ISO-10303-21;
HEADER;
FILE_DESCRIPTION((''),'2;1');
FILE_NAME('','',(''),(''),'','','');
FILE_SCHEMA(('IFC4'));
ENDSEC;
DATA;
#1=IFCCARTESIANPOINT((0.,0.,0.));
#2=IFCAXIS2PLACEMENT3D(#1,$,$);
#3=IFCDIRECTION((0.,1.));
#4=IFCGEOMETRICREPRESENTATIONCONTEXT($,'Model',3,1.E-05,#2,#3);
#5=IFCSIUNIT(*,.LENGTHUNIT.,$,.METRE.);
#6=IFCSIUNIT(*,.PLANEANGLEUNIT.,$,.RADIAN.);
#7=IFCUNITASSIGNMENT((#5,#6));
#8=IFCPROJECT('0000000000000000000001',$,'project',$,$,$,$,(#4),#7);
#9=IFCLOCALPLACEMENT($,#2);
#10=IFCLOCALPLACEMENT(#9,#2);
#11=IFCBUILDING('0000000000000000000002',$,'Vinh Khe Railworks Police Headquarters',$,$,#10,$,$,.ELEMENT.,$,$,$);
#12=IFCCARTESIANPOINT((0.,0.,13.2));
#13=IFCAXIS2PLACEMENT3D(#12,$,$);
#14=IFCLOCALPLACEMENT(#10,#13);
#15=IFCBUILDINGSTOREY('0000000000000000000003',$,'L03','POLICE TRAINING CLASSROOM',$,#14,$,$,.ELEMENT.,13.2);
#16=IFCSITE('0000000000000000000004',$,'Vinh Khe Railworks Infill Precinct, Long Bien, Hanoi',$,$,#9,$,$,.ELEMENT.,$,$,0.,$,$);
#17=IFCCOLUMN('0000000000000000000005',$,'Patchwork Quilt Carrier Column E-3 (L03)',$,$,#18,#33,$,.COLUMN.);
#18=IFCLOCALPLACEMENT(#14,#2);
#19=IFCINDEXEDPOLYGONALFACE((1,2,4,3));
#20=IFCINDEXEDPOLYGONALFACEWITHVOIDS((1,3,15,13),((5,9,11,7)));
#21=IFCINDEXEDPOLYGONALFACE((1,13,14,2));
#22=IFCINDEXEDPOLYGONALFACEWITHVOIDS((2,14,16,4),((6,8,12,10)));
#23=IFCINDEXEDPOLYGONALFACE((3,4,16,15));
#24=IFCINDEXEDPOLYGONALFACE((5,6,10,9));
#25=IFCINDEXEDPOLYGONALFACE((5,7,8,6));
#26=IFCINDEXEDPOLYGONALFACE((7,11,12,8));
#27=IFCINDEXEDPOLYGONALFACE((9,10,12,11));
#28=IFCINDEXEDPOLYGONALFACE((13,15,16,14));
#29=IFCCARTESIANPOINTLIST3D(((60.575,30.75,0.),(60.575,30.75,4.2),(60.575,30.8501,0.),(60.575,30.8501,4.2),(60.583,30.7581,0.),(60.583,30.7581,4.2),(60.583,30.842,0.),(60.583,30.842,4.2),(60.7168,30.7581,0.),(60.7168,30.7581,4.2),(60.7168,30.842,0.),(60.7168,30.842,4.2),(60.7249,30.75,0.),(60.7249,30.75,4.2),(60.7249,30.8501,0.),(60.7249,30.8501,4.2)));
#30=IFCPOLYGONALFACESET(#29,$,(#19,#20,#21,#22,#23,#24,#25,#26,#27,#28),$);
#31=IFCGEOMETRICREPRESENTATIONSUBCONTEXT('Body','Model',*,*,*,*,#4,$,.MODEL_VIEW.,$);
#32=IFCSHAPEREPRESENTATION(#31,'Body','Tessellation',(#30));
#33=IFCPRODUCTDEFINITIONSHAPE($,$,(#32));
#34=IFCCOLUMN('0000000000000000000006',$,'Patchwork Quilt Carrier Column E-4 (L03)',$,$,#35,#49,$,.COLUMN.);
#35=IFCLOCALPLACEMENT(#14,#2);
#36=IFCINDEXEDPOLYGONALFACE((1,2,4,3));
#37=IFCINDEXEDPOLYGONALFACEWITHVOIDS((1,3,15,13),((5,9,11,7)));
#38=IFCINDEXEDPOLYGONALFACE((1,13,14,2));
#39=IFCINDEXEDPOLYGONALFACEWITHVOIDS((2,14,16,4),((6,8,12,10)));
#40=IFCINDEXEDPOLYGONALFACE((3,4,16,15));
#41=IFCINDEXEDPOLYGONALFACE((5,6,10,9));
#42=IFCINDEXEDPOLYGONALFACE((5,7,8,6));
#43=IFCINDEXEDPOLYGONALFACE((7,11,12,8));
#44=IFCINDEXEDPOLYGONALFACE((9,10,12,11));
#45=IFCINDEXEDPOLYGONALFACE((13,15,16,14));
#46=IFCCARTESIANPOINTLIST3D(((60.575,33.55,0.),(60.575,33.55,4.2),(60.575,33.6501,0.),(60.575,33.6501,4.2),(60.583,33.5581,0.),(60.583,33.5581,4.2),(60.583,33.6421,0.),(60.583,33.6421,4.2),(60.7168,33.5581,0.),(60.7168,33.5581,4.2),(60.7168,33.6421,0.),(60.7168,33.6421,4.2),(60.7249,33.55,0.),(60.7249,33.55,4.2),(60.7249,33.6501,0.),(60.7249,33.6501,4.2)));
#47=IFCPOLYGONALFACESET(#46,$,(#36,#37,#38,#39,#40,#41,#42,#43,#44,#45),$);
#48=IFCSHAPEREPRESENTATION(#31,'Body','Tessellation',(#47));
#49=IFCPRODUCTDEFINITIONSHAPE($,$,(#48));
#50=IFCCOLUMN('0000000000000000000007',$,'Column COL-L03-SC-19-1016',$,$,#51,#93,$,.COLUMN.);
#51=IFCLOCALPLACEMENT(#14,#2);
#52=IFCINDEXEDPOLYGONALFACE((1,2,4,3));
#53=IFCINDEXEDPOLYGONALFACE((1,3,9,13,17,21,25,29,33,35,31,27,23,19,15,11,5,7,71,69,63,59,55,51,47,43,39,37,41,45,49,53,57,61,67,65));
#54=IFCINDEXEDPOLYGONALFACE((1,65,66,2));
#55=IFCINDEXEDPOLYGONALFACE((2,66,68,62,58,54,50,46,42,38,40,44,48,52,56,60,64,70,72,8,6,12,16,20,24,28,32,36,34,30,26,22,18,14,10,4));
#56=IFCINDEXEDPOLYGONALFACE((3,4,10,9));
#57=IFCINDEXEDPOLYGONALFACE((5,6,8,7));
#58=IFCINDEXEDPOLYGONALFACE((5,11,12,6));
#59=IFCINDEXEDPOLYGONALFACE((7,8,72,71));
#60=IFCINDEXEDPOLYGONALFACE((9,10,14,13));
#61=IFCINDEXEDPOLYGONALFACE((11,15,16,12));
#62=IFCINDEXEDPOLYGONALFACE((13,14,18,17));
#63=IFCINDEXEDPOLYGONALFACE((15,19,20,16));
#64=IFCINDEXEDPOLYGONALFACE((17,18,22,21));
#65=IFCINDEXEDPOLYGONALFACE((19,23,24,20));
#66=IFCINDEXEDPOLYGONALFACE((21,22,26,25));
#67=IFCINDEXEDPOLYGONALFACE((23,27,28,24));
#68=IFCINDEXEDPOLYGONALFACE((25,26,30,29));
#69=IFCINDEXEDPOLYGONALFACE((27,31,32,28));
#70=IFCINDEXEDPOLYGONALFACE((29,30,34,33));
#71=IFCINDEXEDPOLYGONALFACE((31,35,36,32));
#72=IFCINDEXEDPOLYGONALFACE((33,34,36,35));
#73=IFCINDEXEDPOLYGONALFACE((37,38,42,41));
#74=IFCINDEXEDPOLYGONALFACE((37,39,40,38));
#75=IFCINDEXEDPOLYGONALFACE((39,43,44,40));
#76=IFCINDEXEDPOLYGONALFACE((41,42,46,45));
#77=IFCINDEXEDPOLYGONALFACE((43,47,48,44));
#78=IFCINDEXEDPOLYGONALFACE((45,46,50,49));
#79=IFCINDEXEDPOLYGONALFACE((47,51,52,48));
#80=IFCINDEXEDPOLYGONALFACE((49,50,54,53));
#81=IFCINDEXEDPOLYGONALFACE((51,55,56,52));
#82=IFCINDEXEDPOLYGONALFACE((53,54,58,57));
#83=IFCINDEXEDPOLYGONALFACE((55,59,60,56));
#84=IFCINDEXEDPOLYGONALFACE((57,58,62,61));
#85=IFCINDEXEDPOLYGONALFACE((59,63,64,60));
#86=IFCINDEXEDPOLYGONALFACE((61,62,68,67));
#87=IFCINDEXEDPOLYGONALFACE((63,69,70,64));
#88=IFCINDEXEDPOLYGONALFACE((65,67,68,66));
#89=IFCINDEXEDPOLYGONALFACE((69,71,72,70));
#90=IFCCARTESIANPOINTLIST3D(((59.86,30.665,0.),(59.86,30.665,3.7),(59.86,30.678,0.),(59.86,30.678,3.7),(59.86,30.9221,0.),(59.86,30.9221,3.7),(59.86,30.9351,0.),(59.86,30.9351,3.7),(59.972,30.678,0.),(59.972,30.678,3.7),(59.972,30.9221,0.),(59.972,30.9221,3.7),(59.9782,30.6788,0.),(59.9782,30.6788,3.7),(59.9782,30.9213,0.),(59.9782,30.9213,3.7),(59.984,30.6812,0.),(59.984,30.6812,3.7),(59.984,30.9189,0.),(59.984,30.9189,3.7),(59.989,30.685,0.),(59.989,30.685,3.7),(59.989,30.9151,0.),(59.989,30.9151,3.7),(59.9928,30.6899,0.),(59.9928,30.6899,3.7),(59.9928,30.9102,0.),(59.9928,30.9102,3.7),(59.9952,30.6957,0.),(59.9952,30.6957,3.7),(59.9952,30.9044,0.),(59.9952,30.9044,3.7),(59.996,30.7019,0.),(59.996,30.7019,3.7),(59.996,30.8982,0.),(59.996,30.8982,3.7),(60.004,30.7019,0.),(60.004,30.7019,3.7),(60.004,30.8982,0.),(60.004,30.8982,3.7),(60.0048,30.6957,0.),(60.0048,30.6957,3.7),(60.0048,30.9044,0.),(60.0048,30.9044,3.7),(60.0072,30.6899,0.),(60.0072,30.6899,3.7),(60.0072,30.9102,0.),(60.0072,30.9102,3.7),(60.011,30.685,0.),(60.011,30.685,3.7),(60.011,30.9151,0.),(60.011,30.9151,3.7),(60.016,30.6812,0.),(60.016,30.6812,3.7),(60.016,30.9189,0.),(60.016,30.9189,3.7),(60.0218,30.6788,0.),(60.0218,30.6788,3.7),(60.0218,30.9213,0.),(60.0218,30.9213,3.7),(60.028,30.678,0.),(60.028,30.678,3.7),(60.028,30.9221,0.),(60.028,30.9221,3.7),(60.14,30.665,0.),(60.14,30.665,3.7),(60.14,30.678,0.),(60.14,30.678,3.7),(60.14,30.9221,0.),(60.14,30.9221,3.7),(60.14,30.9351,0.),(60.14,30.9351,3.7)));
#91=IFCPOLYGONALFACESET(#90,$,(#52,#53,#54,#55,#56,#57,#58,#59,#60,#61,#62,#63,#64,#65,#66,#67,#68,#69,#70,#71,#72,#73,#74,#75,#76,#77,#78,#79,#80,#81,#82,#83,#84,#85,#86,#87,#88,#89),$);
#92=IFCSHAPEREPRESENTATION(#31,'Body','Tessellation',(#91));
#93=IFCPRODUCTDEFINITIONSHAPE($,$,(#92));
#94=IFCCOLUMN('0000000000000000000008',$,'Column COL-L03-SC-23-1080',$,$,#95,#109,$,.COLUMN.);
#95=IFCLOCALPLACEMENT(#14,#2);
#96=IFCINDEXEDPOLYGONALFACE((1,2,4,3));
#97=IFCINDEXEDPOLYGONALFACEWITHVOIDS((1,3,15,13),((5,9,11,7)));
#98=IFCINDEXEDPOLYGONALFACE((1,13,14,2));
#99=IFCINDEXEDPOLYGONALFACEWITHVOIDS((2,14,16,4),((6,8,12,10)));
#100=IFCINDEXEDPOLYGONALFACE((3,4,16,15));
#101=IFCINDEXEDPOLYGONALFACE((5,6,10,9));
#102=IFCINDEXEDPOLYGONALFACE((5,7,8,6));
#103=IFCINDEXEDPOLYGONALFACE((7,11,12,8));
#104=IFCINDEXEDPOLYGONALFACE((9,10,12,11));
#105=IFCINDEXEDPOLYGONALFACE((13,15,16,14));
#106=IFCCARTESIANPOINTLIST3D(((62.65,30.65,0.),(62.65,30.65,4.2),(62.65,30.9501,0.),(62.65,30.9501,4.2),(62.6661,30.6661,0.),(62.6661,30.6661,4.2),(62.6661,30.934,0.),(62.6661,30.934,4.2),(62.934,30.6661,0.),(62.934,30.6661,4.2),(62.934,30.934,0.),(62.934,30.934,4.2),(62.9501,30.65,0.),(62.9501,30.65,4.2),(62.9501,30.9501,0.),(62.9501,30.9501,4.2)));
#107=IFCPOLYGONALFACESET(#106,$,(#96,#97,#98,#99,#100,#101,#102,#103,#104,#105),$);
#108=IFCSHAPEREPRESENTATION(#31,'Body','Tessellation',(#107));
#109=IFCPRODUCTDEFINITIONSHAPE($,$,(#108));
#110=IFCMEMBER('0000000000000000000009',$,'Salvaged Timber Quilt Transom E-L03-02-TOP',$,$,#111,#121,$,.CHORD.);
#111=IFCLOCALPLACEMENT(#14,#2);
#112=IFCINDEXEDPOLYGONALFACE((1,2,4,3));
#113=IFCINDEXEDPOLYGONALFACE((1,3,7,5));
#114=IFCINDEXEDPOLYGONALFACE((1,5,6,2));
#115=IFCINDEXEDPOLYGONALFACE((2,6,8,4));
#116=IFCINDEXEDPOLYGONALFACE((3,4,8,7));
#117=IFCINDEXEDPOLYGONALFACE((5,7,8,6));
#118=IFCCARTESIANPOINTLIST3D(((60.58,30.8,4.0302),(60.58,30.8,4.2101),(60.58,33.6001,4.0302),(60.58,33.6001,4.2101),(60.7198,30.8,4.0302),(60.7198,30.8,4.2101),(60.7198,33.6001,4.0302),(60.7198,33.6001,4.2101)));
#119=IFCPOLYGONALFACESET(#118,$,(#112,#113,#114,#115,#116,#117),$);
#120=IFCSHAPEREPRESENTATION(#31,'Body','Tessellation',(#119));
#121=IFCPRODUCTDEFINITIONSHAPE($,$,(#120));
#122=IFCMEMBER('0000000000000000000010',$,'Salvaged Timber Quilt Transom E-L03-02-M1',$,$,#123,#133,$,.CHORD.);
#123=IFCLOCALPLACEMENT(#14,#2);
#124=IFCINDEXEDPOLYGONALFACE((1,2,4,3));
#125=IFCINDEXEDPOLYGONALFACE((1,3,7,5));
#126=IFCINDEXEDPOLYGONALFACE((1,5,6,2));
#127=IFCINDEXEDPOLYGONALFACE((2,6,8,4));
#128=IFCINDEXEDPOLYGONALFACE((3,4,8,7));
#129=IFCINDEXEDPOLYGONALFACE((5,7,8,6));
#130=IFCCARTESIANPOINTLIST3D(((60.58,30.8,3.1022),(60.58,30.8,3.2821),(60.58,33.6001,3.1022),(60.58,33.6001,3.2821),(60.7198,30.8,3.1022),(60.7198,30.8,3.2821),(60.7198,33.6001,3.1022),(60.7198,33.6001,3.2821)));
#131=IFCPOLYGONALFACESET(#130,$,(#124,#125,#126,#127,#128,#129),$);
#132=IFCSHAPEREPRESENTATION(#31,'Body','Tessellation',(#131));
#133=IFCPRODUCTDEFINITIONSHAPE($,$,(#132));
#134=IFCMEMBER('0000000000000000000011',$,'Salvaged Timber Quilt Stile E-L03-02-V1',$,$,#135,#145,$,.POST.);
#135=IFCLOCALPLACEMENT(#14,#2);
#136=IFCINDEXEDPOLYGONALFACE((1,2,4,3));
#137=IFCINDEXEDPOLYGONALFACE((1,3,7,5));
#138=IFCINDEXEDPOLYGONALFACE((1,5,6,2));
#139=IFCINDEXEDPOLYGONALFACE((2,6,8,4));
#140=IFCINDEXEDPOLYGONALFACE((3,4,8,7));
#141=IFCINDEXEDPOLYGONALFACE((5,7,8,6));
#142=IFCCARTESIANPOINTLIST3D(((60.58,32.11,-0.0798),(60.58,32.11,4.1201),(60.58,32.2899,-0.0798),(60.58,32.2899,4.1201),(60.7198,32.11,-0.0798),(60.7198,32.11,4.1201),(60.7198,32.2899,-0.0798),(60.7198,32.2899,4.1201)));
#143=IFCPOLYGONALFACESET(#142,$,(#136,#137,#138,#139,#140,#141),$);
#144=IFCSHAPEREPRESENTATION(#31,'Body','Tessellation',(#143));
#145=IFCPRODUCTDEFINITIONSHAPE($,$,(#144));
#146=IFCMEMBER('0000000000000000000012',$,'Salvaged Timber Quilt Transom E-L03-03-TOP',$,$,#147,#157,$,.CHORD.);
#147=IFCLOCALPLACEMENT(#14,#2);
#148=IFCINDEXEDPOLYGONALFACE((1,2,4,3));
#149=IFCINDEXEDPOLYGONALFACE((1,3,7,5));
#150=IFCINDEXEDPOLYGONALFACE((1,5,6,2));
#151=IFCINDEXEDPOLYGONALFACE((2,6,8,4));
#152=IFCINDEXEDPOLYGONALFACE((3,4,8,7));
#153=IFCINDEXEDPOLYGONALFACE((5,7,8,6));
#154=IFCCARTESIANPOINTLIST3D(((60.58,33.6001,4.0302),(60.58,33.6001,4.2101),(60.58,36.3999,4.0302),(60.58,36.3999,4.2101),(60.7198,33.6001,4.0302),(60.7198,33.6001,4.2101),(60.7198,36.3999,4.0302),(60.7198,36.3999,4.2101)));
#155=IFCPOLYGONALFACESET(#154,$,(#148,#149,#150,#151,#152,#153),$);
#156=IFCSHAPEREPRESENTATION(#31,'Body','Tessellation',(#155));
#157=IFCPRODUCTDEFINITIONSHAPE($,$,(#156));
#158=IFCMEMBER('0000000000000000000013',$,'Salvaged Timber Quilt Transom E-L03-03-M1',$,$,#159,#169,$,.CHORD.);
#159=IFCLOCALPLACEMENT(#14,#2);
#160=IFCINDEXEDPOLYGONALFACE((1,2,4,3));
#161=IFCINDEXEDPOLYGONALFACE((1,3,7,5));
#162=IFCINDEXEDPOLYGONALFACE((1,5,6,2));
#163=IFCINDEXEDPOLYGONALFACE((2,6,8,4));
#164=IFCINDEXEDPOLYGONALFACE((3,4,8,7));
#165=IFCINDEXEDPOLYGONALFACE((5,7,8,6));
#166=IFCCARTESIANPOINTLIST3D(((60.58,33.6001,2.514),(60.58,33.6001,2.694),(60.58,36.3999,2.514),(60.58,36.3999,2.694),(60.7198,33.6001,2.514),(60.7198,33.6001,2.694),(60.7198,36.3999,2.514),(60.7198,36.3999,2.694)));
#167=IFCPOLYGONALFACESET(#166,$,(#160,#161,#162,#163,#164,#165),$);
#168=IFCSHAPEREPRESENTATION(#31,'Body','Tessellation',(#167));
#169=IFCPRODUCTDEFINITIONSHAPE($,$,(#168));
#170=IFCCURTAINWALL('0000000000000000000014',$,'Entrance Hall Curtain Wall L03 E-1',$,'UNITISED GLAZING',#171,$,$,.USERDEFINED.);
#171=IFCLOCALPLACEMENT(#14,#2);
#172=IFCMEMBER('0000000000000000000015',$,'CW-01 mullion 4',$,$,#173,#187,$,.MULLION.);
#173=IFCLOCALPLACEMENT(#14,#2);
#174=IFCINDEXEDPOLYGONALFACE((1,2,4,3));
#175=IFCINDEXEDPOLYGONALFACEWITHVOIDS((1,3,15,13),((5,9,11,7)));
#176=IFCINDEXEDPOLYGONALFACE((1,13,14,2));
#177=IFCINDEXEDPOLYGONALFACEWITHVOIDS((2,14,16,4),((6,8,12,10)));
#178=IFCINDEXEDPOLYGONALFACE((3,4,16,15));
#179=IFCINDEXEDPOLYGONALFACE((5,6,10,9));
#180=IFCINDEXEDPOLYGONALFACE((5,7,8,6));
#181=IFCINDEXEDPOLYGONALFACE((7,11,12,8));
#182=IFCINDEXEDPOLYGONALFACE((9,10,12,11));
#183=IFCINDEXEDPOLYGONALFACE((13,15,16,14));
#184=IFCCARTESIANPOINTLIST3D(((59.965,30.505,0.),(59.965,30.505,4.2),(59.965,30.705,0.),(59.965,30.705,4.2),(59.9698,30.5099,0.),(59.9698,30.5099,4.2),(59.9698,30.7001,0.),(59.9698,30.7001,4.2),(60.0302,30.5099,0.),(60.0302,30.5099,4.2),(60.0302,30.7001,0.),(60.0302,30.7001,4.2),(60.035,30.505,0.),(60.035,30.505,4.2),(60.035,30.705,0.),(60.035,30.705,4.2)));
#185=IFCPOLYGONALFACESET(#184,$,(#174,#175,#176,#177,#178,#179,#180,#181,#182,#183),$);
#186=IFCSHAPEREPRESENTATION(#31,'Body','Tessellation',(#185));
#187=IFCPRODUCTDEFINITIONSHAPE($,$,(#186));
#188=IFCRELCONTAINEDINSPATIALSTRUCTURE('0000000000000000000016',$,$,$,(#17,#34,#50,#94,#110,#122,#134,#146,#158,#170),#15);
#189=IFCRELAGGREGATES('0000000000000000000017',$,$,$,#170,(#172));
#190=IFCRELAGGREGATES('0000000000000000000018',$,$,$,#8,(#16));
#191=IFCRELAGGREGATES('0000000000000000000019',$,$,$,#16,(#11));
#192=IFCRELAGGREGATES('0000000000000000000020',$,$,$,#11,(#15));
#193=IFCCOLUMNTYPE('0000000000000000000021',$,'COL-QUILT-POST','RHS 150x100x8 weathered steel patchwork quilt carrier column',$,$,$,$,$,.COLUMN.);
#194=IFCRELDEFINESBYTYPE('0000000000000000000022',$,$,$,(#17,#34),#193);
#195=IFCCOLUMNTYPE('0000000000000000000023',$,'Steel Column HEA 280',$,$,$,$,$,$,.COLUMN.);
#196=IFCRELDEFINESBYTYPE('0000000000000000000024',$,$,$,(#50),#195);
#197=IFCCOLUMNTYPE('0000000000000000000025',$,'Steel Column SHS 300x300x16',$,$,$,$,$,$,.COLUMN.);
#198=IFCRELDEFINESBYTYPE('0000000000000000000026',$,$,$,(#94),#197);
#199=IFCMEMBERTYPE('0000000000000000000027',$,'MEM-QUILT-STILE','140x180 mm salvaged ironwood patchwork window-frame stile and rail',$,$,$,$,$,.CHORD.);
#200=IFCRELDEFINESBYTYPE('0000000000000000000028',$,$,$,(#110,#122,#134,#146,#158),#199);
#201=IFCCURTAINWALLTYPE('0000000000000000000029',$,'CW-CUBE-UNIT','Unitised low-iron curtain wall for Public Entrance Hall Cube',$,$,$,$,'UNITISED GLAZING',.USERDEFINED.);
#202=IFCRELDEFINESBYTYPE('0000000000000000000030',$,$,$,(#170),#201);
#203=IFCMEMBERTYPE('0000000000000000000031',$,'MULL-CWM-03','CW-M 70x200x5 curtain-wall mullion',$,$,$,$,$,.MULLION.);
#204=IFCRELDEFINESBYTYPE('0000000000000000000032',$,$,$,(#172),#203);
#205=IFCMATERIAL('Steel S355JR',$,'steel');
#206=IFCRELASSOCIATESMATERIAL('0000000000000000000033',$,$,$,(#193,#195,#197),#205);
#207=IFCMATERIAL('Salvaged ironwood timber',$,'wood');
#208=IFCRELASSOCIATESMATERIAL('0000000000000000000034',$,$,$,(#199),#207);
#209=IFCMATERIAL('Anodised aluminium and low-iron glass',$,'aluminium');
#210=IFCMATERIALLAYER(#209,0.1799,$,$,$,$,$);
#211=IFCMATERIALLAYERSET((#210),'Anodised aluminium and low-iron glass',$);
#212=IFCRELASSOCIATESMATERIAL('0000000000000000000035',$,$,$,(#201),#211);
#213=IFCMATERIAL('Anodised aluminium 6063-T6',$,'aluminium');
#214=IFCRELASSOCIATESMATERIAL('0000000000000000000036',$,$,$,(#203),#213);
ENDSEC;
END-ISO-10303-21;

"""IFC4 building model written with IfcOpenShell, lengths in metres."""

from ifc_helpers import new_model, si_unit, direction, frame, origin, origin_2d, place, context, subcontext, project, spatial, rectangle, hollow_rectangle, i_section, extrude, material, layer, layer_set, material_profile, profile_set, type_object, element, aggregate, save


model = new_model("IFC4")

# Units and contexts
model_context = context("Model", 3, precision=1e-05, world=origin(), true_north=direction((0.0, 1.0)))
body_context = subcontext(model_context, "Body", "Model", "MODEL_VIEW")
ifc_project = project(units=[si_unit("LENGTHUNIT", "METRE"), si_unit("PLANEANGLEUNIT", "RADIAN")], contexts=[model_context])

# Site, building, storey
site_placement = place(None, origin())
site = spatial("IfcSite", under=ifc_project, at=site_placement, Name="Vinh Khe Railworks Infill Precinct, Long Bien, Hanoi", CompositionType="ELEMENT", RefElevation=0.0)
building_placement = place(site_placement, origin())
building = spatial("IfcBuilding", under=site, at=building_placement, Name="Vinh Khe Railworks Police Headquarters", CompositionType="ELEMENT")
storey_placement = place(building_placement, frame((0.0, 0.0, 13.2)))
storey = spatial("IfcBuildingStorey", under=building, at=storey_placement, Name="L03", Description="POLICE TRAINING CLASSROOM", CompositionType="ELEMENT", Elevation=13.2)

# Columns
ifc_material_1 = material(Name="Steel S355JR", Category="steel")
ifc_material_profile_1 = material_profile(ifc_material_1, hollow_rectangle(XDim=0.1499, YDim=0.1001, WallThickness=0.0081, at=origin_2d()), Name="RHS 150x100x8")
ifc_profile_set_1 = profile_set([ifc_material_profile_1], Name="Steel S355JR")
column_type_1 = type_object("IfcColumnType", Name="COL-QUILT-POST", Description="RHS 150x100x8 weathered steel patchwork quilt carrier column", PredefinedType="COLUMN", material=ifc_profile_set_1)
for number, where, z_axis, x_axis, name in (
    (1, (60.6499, 30.8, 0.0), (0.0, 0.0, 1.0), (1.0, 0.0, 0.0), "Patchwork Quilt Carrier Column E-3 (L03)"),
    (2, (60.6499, 33.6001, 0.0), (0.0, 0.0, 1.0), (1.0, 0.0, 0.0), "Patchwork Quilt Carrier Column E-4 (L03)"),
):
    element("IfcColumn", number, at=place(storey_placement, frame(where, z_axis=z_axis, x_axis=x_axis)), inside=storey, type_object=column_type_1, Name=name, PredefinedType="COLUMN", context=body_context, shape_type="SweptSolid", body=[
        extrude(hollow_rectangle(XDim=0.1499, YDim=0.1001, WallThickness=0.0081, at=origin_2d()), origin(), (0.0, 0.0, 1.0), 4.2),
    ])
ifc_material_profile_2 = material_profile(ifc_material_1, i_section(OverallWidth=0.28, OverallDepth=0.27, WebThickness=0.0081, FlangeThickness=0.0129, FilletRadius=0.0239, at=origin_2d()), Name="HEA 280")
ifc_profile_set_2 = profile_set([ifc_material_profile_2], Name="Steel S355JR")
column_type_2 = type_object("IfcColumnType", Name="Steel Column HEA 280", PredefinedType="COLUMN", material=ifc_profile_set_2)
column_1_placement = place(storey_placement, frame((60.0, 30.8, 0.0), z_axis=(0.0, 0.0, 1.0), x_axis=(1.0, 0.0, 0.0)))
element("IfcColumn", 3, at=column_1_placement, inside=storey, type_object=column_type_2, Name="Column COL-L03-SC-19-1016", PredefinedType="COLUMN", context=body_context, shape_type="SweptSolid", body=[
    extrude(i_section(OverallWidth=0.28, OverallDepth=0.27, WebThickness=0.0081, FlangeThickness=0.0129, FilletRadius=0.0239, at=origin_2d()), origin(), (0.0, 0.0, 1.0), 3.7),
])
ifc_material_profile_3 = material_profile(ifc_material_1, hollow_rectangle(XDim=0.3, YDim=0.3, WallThickness=0.0161, at=origin_2d()), Name="SHS 300x300x16")
ifc_profile_set_3 = profile_set([ifc_material_profile_3], Name="Steel S355JR")
column_type_3 = type_object("IfcColumnType", Name="Steel Column SHS 300x300x16", PredefinedType="COLUMN", material=ifc_profile_set_3)
column_2_placement = place(storey_placement, frame((62.8, 30.8, 0.0), z_axis=(0.0, 0.0, 1.0), x_axis=(1.0, 0.0, 0.0)))
element("IfcColumn", 4, at=column_2_placement, inside=storey, type_object=column_type_3, Name="Column COL-L03-SC-23-1080", PredefinedType="COLUMN", context=body_context, shape_type="SweptSolid", body=[
    extrude(hollow_rectangle(XDim=0.3, YDim=0.3, WallThickness=0.0161, at=origin_2d()), origin(), (0.0, 0.0, 1.0), 4.2),
])

# Members
ifc_material_2 = material(Name="Salvaged ironwood timber", Category="wood")
ifc_material_profile_4 = material_profile(ifc_material_2, rectangle(XDim=0.1399, YDim=0.1799, at=origin_2d()), Name="TIMBER 140x180")
ifc_profile_set_4 = profile_set([ifc_material_profile_4], Name="Salvaged ironwood timber")
member_type_1 = type_object("IfcMemberType", Name="MEM-QUILT-STILE", Description="140x180 mm salvaged ironwood patchwork window-frame stile and rail", PredefinedType="CHORD", material=ifc_profile_set_4)
for number, where, z_axis, x_axis, name in (
    (5, (60.6499, 30.8, 4.1201), (0.0, 1.0, 0.0), (-1.0, 0.0, 0.0), "Salvaged Timber Quilt Transom E-L03-02-TOP"),
    (6, (60.6499, 30.8, 3.1921), (0.0, 1.0, 0.0), (-1.0, 0.0, 0.0), "Salvaged Timber Quilt Transom E-L03-02-M1"),
):
    element("IfcMember", number, at=place(storey_placement, frame(where, z_axis=z_axis, x_axis=x_axis)), inside=storey, type_object=member_type_1, Name=name, PredefinedType="CHORD", context=body_context, shape_type="SweptSolid", body=[
        extrude(rectangle(XDim=0.1399, YDim=0.1799, at=origin_2d()), origin(), (0.0, 0.0, 1.0), 2.8),
    ])
member_1_placement = place(storey_placement, frame((60.6499, 32.2, -0.0798), z_axis=(0.0, 0.0, 1.0), x_axis=(1.0, 0.0, 0.0)))
element("IfcMember", 7, at=member_1_placement, inside=storey, type_object=member_type_1, Name="Salvaged Timber Quilt Stile E-L03-02-V1", PredefinedType="POST", context=body_context, shape_type="SweptSolid", body=[
    extrude(rectangle(XDim=0.1399, YDim=0.1799, at=origin_2d()), origin(), (0.0, 0.0, 1.0), 4.2),
])
for number, where, z_axis, x_axis, name in (
    (8, (60.6499, 33.6001, 4.1201), (0.0, 1.0, 0.0), (-1.0, 0.0, 0.0), "Salvaged Timber Quilt Transom E-L03-03-TOP"),
    (9, (60.6499, 33.6001, 2.604), (0.0, 1.0, 0.0), (-1.0, 0.0, 0.0), "Salvaged Timber Quilt Transom E-L03-03-M1"),
):
    element("IfcMember", number, at=place(storey_placement, frame(where, z_axis=z_axis, x_axis=x_axis)), inside=storey, type_object=member_type_1, Name=name, PredefinedType="CHORD", context=body_context, shape_type="SweptSolid", body=[
        extrude(rectangle(XDim=0.1399, YDim=0.1799, at=origin_2d()), origin(), (0.0, 0.0, 1.0), 2.7998),
    ])

# Curtain wall, member
ifc_material_3 = material(Name="Anodised aluminium and low-iron glass", Category="aluminium")
ifc_layer_1 = layer(ifc_material_3, 0.1799)
ifc_layer_set_1 = layer_set([ifc_layer_1], Name="Anodised aluminium and low-iron glass")
curtain_wall_type = type_object("IfcCurtainWallType", Name="CW-CUBE-UNIT", Description="Unitised low-iron curtain wall for Public Entrance Hall Cube", ElementType="UNITISED GLAZING", PredefinedType="USERDEFINED", material=ifc_layer_set_1)
curtain_wall_1_placement = place(storey_placement, origin())
curtain_wall_1 = element("IfcCurtainWall", 10, at=curtain_wall_1_placement, inside=storey, type_object=curtain_wall_type, Name="Entrance Hall Curtain Wall L03 E-1", ObjectType="UNITISED GLAZING", PredefinedType="USERDEFINED")
ifc_material_4 = material(Name="Anodised aluminium 6063-T6", Category="aluminium")
ifc_material_profile_5 = material_profile(ifc_material_4, hollow_rectangle(XDim=0.0701, YDim=0.2, WallThickness=0.0049, at=origin_2d()), Name="CW-M 70x200x5")
ifc_profile_set_5 = profile_set([ifc_material_profile_5], Name="Anodised aluminium 6063-T6")
member_type_2 = type_object("IfcMemberType", Name="MULL-CWM-03", Description="CW-M 70x200x5 curtain-wall mullion", PredefinedType="MULLION", material=ifc_profile_set_5)
member_2_placement = place(storey_placement, frame((60.0, 30.605, 0.0), z_axis=(0.0, 0.0, 1.0), x_axis=(-1.0, 0.0, 0.0)))
member_2 = element("IfcMember", 11, at=member_2_placement, type_object=member_type_2, Name="CW-01 mullion 4", PredefinedType="MULLION", context=body_context, shape_type="SweptSolid", body=[
    extrude(hollow_rectangle(XDim=0.0701, YDim=0.2, WallThickness=0.0049, at=origin_2d()), origin(), (0.0, 0.0, 1.0), 4.2),
])
aggregate(curtain_wall_1, [member_2])

save(model, "model.ifc")
